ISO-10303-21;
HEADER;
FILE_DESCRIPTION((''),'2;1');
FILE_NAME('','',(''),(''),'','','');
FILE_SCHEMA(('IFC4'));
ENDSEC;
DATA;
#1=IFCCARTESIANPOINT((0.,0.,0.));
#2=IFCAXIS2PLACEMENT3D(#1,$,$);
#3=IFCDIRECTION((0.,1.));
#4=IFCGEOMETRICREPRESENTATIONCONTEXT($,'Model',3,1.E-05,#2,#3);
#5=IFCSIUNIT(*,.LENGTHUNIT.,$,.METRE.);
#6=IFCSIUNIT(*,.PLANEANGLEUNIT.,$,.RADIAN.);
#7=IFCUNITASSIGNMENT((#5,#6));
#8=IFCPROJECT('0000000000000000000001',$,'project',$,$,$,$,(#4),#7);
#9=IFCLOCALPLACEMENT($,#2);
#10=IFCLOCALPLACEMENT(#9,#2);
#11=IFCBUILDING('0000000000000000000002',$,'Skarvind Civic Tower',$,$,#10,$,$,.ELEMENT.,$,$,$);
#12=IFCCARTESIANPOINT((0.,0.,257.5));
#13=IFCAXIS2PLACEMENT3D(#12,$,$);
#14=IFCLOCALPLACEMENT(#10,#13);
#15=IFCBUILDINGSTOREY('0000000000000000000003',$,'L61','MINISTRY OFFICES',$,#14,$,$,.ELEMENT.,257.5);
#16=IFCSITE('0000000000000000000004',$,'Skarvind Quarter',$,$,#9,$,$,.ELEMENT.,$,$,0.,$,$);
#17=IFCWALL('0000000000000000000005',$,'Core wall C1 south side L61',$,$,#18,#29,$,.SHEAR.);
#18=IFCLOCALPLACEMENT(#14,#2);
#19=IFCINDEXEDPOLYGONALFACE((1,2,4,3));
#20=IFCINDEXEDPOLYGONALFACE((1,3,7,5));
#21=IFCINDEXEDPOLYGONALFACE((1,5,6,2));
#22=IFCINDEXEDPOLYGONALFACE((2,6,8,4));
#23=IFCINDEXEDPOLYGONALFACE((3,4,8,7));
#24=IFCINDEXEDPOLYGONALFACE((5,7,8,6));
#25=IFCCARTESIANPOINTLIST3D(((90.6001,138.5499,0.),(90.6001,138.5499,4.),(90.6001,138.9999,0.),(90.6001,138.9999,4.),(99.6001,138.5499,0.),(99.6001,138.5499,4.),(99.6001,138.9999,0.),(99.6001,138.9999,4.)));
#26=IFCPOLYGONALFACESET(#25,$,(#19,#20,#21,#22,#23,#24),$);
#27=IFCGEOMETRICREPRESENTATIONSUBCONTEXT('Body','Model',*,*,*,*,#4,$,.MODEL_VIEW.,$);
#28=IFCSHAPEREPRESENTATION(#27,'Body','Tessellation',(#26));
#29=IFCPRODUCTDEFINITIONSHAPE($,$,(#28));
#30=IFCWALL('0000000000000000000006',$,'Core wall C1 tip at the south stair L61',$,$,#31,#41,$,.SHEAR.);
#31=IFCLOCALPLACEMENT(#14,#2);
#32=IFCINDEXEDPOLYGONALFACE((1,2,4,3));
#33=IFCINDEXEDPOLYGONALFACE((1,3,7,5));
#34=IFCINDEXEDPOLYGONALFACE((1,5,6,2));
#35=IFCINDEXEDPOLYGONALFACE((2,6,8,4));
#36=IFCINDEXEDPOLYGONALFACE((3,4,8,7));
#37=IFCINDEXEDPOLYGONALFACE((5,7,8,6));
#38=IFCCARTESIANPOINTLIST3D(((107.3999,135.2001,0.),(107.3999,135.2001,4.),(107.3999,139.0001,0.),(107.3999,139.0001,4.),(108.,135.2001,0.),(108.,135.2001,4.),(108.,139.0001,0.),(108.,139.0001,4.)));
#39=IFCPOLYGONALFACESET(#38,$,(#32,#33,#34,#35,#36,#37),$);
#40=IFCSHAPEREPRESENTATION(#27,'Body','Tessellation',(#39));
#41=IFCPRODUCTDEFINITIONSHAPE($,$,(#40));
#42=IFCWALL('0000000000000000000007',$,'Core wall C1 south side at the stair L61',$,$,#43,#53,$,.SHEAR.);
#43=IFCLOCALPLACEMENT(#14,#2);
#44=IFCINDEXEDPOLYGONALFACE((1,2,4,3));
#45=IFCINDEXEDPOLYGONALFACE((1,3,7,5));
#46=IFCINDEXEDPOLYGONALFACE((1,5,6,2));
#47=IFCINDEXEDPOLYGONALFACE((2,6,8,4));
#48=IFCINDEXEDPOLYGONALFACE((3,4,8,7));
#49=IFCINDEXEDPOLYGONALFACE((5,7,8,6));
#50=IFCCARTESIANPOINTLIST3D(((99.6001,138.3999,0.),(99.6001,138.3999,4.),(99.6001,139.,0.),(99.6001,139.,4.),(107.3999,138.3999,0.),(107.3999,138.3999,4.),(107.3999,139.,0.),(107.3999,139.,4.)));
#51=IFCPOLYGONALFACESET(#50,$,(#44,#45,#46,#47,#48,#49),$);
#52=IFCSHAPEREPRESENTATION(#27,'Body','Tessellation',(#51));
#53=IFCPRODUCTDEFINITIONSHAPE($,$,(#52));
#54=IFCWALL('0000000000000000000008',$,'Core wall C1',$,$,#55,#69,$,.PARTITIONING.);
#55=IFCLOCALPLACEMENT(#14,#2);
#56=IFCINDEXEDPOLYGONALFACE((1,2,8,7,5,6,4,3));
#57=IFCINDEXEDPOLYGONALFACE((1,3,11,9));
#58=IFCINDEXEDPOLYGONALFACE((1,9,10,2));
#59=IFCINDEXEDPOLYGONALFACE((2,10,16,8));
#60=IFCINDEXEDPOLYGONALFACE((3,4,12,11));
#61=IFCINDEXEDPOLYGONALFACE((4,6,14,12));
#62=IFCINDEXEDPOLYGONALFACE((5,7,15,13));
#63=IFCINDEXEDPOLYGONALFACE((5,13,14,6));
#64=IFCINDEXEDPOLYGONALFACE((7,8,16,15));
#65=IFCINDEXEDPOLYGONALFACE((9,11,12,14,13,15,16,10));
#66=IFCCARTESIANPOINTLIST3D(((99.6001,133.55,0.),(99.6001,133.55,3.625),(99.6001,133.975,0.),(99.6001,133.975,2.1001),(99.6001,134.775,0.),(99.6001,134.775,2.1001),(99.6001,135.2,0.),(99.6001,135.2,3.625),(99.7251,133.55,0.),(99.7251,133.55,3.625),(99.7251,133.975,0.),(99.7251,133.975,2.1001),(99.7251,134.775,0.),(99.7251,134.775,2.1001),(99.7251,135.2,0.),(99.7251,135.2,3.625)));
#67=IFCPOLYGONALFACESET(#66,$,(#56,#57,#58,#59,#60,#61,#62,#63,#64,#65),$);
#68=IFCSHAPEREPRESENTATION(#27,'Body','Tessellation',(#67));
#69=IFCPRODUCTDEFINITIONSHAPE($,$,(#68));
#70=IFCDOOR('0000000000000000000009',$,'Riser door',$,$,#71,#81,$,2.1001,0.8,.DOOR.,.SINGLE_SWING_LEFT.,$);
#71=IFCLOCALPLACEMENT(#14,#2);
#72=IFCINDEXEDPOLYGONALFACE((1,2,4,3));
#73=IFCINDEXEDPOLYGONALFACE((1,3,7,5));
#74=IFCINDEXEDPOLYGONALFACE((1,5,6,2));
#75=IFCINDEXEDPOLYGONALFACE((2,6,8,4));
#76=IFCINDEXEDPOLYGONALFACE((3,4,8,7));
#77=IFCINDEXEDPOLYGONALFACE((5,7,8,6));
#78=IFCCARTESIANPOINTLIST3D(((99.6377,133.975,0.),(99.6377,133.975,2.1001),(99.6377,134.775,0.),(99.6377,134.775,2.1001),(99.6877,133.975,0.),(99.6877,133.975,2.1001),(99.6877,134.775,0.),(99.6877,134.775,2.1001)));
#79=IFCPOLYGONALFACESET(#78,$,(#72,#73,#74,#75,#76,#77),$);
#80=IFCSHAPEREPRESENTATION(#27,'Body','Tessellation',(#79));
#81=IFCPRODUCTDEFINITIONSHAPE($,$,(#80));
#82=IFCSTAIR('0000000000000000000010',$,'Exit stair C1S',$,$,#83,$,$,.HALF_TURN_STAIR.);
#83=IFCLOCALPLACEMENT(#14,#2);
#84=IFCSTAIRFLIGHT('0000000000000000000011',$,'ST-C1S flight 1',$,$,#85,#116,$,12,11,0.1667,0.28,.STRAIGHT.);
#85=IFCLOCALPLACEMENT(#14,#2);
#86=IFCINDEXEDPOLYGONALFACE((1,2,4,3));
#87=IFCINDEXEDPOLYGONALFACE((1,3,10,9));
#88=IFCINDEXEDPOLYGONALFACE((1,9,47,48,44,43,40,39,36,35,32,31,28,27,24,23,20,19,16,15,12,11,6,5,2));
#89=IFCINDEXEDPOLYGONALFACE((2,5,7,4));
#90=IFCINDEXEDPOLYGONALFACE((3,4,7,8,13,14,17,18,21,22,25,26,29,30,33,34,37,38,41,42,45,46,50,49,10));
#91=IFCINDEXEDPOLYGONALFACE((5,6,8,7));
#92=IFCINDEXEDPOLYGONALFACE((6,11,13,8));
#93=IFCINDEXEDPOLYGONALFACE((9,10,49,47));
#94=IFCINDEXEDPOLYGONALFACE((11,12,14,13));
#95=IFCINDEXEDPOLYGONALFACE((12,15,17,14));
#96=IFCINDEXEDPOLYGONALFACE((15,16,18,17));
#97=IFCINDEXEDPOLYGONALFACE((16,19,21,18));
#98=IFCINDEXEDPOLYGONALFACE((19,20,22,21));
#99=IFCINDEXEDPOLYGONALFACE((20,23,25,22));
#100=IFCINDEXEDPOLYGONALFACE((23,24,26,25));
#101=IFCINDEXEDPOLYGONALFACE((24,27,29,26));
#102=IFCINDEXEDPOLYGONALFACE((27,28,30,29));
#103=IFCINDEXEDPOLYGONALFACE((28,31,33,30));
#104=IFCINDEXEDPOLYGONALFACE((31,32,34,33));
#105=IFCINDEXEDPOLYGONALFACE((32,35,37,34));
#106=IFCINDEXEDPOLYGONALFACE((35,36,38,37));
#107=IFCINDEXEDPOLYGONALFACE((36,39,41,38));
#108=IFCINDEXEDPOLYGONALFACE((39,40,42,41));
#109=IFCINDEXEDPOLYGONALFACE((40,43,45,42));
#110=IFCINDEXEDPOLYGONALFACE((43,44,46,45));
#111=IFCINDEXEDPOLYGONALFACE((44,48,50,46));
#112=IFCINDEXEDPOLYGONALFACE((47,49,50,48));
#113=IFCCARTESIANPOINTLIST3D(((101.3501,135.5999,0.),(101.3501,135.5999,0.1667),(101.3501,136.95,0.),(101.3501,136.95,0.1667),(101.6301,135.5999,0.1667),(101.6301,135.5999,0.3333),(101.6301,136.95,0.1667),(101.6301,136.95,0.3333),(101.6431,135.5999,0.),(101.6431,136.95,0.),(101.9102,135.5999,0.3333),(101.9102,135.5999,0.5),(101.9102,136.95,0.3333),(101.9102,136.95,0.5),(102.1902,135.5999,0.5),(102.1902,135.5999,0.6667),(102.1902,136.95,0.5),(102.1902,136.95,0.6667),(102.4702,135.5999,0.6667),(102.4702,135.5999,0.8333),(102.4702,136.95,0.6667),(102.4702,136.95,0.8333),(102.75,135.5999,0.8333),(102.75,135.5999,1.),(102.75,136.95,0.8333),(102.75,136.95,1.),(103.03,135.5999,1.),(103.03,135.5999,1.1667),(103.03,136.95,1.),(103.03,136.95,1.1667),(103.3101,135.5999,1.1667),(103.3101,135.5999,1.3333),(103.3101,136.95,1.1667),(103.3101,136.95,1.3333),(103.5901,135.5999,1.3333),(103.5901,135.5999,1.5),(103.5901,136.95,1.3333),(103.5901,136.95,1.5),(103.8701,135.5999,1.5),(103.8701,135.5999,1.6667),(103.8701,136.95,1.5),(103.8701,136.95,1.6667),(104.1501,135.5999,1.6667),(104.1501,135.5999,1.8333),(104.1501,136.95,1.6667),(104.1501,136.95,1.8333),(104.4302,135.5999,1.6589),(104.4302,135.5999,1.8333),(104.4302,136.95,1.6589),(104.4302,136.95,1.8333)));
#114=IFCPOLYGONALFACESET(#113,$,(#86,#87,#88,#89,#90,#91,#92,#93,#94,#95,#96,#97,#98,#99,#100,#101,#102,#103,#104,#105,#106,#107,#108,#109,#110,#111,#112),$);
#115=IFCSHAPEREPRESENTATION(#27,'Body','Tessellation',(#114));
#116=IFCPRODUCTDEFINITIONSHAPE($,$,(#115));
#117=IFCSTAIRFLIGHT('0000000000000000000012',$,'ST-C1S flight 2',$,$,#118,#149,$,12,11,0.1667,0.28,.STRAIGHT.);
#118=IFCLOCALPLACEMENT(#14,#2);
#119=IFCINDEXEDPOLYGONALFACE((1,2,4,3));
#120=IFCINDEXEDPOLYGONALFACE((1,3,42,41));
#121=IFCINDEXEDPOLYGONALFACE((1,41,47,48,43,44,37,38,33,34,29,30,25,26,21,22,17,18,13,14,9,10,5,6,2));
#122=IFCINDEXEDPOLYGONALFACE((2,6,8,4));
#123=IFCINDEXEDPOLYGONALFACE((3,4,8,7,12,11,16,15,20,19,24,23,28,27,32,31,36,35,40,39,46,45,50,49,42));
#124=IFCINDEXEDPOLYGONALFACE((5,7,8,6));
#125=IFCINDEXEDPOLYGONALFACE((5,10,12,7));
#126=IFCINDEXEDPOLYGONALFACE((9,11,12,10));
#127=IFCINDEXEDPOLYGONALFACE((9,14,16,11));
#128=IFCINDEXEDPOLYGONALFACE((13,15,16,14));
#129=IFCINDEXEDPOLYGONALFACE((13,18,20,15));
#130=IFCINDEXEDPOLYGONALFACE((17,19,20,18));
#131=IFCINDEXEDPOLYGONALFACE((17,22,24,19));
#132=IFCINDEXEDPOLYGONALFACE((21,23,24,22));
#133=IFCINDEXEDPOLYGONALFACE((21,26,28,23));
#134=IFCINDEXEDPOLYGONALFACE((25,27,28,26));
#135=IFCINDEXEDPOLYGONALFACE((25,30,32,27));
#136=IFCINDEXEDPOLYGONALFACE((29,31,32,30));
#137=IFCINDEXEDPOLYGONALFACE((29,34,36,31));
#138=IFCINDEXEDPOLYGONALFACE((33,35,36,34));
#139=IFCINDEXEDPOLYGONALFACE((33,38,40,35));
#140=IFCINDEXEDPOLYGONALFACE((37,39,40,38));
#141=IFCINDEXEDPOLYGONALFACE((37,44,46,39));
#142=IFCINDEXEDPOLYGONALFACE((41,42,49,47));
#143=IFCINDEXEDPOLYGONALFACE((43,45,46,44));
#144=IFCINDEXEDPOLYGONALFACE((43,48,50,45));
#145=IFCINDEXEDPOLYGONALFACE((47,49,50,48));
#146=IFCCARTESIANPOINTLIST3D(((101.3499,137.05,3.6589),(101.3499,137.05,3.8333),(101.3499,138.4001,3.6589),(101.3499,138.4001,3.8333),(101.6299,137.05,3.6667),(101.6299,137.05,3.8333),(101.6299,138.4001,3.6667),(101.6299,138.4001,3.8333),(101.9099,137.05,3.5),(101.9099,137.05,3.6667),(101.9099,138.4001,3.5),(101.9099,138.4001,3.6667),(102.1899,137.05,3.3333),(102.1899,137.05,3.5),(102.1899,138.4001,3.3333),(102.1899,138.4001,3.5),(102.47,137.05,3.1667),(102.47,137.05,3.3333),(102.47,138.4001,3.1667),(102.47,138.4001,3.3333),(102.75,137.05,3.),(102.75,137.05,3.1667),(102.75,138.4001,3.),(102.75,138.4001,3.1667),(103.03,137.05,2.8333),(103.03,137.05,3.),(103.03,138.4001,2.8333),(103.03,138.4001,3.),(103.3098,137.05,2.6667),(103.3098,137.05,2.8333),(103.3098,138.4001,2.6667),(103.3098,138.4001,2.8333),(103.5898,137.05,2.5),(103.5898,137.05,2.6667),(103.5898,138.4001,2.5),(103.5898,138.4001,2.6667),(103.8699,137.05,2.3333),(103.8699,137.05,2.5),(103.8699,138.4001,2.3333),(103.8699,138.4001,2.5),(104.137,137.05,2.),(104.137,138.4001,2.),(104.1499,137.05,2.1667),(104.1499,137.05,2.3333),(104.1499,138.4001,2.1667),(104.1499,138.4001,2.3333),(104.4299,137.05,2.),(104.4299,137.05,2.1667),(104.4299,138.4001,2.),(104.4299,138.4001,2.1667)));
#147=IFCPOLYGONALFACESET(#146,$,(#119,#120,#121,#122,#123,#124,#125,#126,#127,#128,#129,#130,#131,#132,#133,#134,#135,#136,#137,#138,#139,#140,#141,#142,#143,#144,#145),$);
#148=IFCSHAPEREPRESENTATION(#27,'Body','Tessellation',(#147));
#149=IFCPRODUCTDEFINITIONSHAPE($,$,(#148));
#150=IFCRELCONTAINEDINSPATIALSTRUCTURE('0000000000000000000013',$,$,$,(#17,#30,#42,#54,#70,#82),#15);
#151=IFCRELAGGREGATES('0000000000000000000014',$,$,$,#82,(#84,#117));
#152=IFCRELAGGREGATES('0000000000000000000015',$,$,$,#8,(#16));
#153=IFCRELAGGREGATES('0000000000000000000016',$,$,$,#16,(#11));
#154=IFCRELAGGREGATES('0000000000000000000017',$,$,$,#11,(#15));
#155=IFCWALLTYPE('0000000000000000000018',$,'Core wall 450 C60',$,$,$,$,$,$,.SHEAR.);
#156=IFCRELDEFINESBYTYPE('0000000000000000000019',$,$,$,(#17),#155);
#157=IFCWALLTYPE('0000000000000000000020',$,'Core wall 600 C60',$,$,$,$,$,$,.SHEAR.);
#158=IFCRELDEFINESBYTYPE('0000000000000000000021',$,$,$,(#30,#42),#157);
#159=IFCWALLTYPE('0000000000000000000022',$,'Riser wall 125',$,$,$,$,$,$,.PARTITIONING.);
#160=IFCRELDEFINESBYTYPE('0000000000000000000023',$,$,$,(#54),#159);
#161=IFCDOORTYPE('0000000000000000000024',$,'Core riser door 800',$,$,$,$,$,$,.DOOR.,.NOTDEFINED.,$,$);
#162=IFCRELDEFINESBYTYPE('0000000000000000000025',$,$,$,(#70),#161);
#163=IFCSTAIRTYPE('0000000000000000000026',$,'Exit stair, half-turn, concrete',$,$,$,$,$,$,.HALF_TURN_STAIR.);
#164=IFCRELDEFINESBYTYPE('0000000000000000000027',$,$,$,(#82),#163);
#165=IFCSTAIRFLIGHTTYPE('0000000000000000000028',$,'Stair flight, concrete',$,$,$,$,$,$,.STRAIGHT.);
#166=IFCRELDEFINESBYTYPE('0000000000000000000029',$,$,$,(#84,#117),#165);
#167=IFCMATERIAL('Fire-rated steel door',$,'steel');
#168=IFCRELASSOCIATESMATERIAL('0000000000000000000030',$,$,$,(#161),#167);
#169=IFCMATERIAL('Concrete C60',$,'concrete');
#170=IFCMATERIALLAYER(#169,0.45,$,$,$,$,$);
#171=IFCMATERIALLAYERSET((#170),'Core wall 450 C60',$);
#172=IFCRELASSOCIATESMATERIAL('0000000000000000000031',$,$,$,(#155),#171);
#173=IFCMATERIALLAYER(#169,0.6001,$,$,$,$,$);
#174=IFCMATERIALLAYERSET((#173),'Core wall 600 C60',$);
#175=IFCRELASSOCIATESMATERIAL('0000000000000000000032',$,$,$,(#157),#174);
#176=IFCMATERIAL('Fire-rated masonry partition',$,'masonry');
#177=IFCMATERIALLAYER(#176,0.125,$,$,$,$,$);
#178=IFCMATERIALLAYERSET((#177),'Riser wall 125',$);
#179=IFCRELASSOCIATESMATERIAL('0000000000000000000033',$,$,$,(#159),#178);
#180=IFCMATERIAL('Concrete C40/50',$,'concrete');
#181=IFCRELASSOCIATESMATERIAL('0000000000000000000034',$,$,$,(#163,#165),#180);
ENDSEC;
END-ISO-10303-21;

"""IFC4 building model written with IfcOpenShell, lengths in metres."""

from ifc_helpers import new_model, si_unit, direction, frame, frame_2d, origin, place, context, subcontext, project, spatial, polyline, rectangle, outline, extrude, material, layer, layer_set, type_object, element, fill, aggregate, save


model = new_model("IFC4")

# Units and contexts
model_context = context("Model", 3, precision=1e-05, world=origin(), true_north=direction((0.0, 1.0)))
body_context = subcontext(model_context, "Body", "Model", "MODEL_VIEW")
ifc_project = project(units=[si_unit("LENGTHUNIT", "METRE"), si_unit("PLANEANGLEUNIT", "RADIAN")], contexts=[model_context])

# Site, building, storey
site_placement = place(None, origin())
site = spatial("IfcSite", under=ifc_project, at=site_placement, Name="Skarvind Quarter", CompositionType="ELEMENT", RefElevation=0.0)
building_placement = place(site_placement, origin())
building = spatial("IfcBuilding", under=site, at=building_placement, Name="Skarvind Civic Tower", CompositionType="ELEMENT")
storey_placement = place(building_placement, frame((0.0, 0.0, 257.5)))
storey = spatial("IfcBuildingStorey", under=building, at=storey_placement, Name="L61", Description="MINISTRY OFFICES", CompositionType="ELEMENT", Elevation=257.5)

# Shared definitions
ifc_material_1 = material(Name="Concrete C60", Category="concrete")
ifc_material_2 = material(Name="Fire-rated steel door", Category="steel")
door_type_1 = type_object("IfcDoorType", Name="Core riser door 800", OperationType="NOTDEFINED", PredefinedType="DOOR", material=ifc_material_2)

# Walls
ifc_layer_1 = layer(ifc_material_1, 0.45)
ifc_layer_set_1 = layer_set([ifc_layer_1], Name="Core wall 450 C60")
wall_type_1 = type_object("IfcWallType", Name="Core wall 450 C60", PredefinedType="SHEAR", material=ifc_layer_set_1)
wall_1_placement = place(storey_placement, frame((99.6001, 138.7749, 0.0), z_axis=(0.0, 0.0, 1.0), x_axis=(-1.0, 0.0, 0.0)))
element("IfcWall", 1, at=wall_1_placement, inside=storey, type_object=wall_type_1, Name="Core wall C1 south side L61", PredefinedType="SHEAR", context=body_context, shape_type="SweptSolid", body=[
    extrude(rectangle(XDim=9.0, YDim=0.45, at=frame_2d((4.5, 0.0))), origin(), (0.0, 0.0, 1.0), 4.0),
])
ifc_layer_2 = layer(ifc_material_1, 0.6001)
ifc_layer_set_2 = layer_set([ifc_layer_2], Name="Core wall 600 C60")
wall_type_2 = type_object("IfcWallType", Name="Core wall 600 C60", PredefinedType="SHEAR", material=ifc_layer_set_2)
wall_2_placement = place(storey_placement, frame((107.7, 139.0, 0.0), z_axis=(0.0, 0.0, 1.0), x_axis=(0.0, -1.0, 0.0)))
element("IfcWall", 2, at=wall_2_placement, inside=storey, type_object=wall_type_2, Name="Core wall C1 tip at the south stair L61", PredefinedType="SHEAR", context=body_context, shape_type="SweptSolid", body=[
    extrude(rectangle(XDim=3.8, YDim=0.6001, at=frame_2d((1.8999, 0.0))), origin(), (0.0, 0.0, 1.0), 4.0),
])
wall_3_placement = place(storey_placement, frame((107.3999, 138.7, 0.0), z_axis=(0.0, 0.0, 1.0), x_axis=(-1.0, 0.0, 0.0)))
element("IfcWall", 3, at=wall_3_placement, inside=storey, type_object=wall_type_2, Name="Core wall C1 south side at the stair L61", PredefinedType="SHEAR", context=body_context, shape_type="SweptSolid", body=[
    extrude(rectangle(XDim=7.7998, YDim=0.6001, at=frame_2d((3.8999, 0.0))), origin(), (0.0, 0.0, 1.0), 4.0),
])

# Wall, opening, door
ifc_material_3 = material(Name="Fire-rated masonry partition", Category="masonry")
ifc_layer_3 = layer(ifc_material_3, 0.125)
ifc_layer_set_3 = layer_set([ifc_layer_3], Name="Riser wall 125")
wall_type_3 = type_object("IfcWallType", Name="Riser wall 125", PredefinedType="PARTITIONING", material=ifc_layer_set_3)
wall_4_placement = place(storey_placement, frame((99.6626, 133.55, 0.0), z_axis=(0.0, 0.0, 1.0), x_axis=(0.0, 1.0, 0.0)))
wall_4 = element("IfcWall", 4, at=wall_4_placement, inside=storey, type_object=wall_type_3, Name="Core wall C1", PredefinedType="PARTITIONING", context=body_context, shape_type="SweptSolid", body=[
    extrude(rectangle(XDim=1.6499, YDim=0.125, at=frame_2d((0.825, 0.0))), origin(), (0.0, 0.0, 1.0), 3.625),
])
opening_1_placement = place(wall_4_placement, frame((0.425, 0.0, 0.0)))
opening_1 = element("IfcOpeningElement", 5, at=opening_1_placement, cuts=wall_4, PredefinedType="OPENING", context=body_context, shape_type="SweptSolid", body=[
    extrude(rectangle(XDim=0.8, YDim=2.1001, at=frame_2d((0.3999, 1.05))), frame((0.0, 0.0725, 0.0), z_axis=(0.0, -1.0, 0.0), x_axis=(1.0, 0.0, 0.0)), (0.0, 0.0, 1.0), 0.145),
])
door_1_placement = place(opening_1_placement, origin())
door_1 = element("IfcDoor", 6, at=door_1_placement, inside=storey, type_object=door_type_1, Name="Riser door", OperationType="SINGLE_SWING_LEFT", OverallHeight=2.1001, OverallWidth=0.8, PredefinedType="DOOR", context=body_context, shape_type="SweptSolid", body=[
    extrude(rectangle(XDim=0.8, YDim=2.1001, at=frame_2d((0.3999, 1.05))), frame((0.0, 0.0249, 0.0), z_axis=(0.0, -1.0, 0.0), x_axis=(1.0, 0.0, 0.0)), (0.0, 0.0, 1.0), 0.05),
])
fill(opening_1, door_1)

# Stair, stair flights
ifc_material_4 = material(Name="Concrete C40/50", Category="concrete")
stair_type = type_object("IfcStairType", Name="Exit stair, half-turn, concrete", PredefinedType="HALF_TURN_STAIR", material=ifc_material_4)
stair_placement = place(storey_placement, origin())
stair = element("IfcStair", 7, at=stair_placement, inside=storey, type_object=stair_type, Name="Exit stair C1S", PredefinedType="HALF_TURN_STAIR")
stair_flight_type = type_object("IfcStairFlightType", Name="Stair flight, concrete", PredefinedType="STRAIGHT", material=ifc_material_4)
stair_flight_1_placement = place(storey_placement, frame((101.3501, 136.2749, 0.0), z_axis=(0.0, 0.0, 1.0), x_axis=(1.0, 0.0, 0.0)))
stair_flight_1 = element("IfcStairFlight", 8, at=stair_flight_1_placement, type_object=stair_flight_type, Name="ST-C1S flight 1", NumberOfRisers=12, NumberOfTreads=11, PredefinedType="STRAIGHT", RiserHeight=0.1667, TreadLength=0.28, context=body_context, shape_type="SweptSolid", body=[
    extrude(outline(polyline([(0.0, 0.0), (0.0, 0.1667), (0.28, 0.1667), (0.28, 0.3333), (0.5601, 0.3333), (0.5601, 0.5), (0.8401, 0.5), (0.8401, 0.6667), (1.1201, 0.6667), (1.1201, 0.8333), (1.3999, 0.8333), (1.3999, 1.0), (1.6799, 1.0), (1.6799, 1.1667), (1.96, 1.1667), (1.96, 1.3333), (2.24, 1.3333), (2.24, 1.5), (2.52, 1.5), (2.52, 1.6667), (2.8, 1.6667), (2.8, 1.8333), (3.0801, 1.8333), (3.0801, 2.0), (3.0801, 1.6589), (0.293, 0.0), (0.0, 0.0)])), frame((0.0, 0.675, 0.0), z_axis=(0.0, -1.0, 0.0), x_axis=(1.0, 0.0, 0.0)), (0.0, 0.0, 1.0), 1.3501),
])
stair_flight_2_placement = place(storey_placement, frame((104.4299, 137.7251, 2.0), z_axis=(0.0, 0.0, 1.0), x_axis=(-1.0, 0.0, 0.0)))
stair_flight_2 = element("IfcStairFlight", 9, at=stair_flight_2_placement, type_object=stair_flight_type, Name="ST-C1S flight 2", NumberOfRisers=12, NumberOfTreads=11, PredefinedType="STRAIGHT", RiserHeight=0.1667, TreadLength=0.28, context=body_context, shape_type="SweptSolid", body=[
    extrude(outline(polyline([(0.0, 0.0), (0.0, 0.1667), (0.28, 0.1667), (0.28, 0.3333), (0.5601, 0.3333), (0.5601, 0.5), (0.8401, 0.5), (0.8401, 0.6667), (1.1201, 0.6667), (1.1201, 0.8333), (1.3999, 0.8333), (1.3999, 1.0), (1.6799, 1.0), (1.6799, 1.1667), (1.96, 1.1667), (1.96, 1.3333), (2.24, 1.3333), (2.24, 1.5), (2.52, 1.5), (2.52, 1.6667), (2.8, 1.6667), (2.8, 1.8333), (3.0801, 1.8333), (3.0801, 2.0), (3.0801, 1.6589), (0.293, 0.0), (0.0, 0.0)])), frame((0.0, 0.675, 0.0), z_axis=(0.0, -1.0, 0.0), x_axis=(1.0, 0.0, 0.0)), (0.0, 0.0, 1.0), 1.3501),
])
aggregate(stair, [stair_flight_1, stair_flight_2])

save(model, "model.ifc")
